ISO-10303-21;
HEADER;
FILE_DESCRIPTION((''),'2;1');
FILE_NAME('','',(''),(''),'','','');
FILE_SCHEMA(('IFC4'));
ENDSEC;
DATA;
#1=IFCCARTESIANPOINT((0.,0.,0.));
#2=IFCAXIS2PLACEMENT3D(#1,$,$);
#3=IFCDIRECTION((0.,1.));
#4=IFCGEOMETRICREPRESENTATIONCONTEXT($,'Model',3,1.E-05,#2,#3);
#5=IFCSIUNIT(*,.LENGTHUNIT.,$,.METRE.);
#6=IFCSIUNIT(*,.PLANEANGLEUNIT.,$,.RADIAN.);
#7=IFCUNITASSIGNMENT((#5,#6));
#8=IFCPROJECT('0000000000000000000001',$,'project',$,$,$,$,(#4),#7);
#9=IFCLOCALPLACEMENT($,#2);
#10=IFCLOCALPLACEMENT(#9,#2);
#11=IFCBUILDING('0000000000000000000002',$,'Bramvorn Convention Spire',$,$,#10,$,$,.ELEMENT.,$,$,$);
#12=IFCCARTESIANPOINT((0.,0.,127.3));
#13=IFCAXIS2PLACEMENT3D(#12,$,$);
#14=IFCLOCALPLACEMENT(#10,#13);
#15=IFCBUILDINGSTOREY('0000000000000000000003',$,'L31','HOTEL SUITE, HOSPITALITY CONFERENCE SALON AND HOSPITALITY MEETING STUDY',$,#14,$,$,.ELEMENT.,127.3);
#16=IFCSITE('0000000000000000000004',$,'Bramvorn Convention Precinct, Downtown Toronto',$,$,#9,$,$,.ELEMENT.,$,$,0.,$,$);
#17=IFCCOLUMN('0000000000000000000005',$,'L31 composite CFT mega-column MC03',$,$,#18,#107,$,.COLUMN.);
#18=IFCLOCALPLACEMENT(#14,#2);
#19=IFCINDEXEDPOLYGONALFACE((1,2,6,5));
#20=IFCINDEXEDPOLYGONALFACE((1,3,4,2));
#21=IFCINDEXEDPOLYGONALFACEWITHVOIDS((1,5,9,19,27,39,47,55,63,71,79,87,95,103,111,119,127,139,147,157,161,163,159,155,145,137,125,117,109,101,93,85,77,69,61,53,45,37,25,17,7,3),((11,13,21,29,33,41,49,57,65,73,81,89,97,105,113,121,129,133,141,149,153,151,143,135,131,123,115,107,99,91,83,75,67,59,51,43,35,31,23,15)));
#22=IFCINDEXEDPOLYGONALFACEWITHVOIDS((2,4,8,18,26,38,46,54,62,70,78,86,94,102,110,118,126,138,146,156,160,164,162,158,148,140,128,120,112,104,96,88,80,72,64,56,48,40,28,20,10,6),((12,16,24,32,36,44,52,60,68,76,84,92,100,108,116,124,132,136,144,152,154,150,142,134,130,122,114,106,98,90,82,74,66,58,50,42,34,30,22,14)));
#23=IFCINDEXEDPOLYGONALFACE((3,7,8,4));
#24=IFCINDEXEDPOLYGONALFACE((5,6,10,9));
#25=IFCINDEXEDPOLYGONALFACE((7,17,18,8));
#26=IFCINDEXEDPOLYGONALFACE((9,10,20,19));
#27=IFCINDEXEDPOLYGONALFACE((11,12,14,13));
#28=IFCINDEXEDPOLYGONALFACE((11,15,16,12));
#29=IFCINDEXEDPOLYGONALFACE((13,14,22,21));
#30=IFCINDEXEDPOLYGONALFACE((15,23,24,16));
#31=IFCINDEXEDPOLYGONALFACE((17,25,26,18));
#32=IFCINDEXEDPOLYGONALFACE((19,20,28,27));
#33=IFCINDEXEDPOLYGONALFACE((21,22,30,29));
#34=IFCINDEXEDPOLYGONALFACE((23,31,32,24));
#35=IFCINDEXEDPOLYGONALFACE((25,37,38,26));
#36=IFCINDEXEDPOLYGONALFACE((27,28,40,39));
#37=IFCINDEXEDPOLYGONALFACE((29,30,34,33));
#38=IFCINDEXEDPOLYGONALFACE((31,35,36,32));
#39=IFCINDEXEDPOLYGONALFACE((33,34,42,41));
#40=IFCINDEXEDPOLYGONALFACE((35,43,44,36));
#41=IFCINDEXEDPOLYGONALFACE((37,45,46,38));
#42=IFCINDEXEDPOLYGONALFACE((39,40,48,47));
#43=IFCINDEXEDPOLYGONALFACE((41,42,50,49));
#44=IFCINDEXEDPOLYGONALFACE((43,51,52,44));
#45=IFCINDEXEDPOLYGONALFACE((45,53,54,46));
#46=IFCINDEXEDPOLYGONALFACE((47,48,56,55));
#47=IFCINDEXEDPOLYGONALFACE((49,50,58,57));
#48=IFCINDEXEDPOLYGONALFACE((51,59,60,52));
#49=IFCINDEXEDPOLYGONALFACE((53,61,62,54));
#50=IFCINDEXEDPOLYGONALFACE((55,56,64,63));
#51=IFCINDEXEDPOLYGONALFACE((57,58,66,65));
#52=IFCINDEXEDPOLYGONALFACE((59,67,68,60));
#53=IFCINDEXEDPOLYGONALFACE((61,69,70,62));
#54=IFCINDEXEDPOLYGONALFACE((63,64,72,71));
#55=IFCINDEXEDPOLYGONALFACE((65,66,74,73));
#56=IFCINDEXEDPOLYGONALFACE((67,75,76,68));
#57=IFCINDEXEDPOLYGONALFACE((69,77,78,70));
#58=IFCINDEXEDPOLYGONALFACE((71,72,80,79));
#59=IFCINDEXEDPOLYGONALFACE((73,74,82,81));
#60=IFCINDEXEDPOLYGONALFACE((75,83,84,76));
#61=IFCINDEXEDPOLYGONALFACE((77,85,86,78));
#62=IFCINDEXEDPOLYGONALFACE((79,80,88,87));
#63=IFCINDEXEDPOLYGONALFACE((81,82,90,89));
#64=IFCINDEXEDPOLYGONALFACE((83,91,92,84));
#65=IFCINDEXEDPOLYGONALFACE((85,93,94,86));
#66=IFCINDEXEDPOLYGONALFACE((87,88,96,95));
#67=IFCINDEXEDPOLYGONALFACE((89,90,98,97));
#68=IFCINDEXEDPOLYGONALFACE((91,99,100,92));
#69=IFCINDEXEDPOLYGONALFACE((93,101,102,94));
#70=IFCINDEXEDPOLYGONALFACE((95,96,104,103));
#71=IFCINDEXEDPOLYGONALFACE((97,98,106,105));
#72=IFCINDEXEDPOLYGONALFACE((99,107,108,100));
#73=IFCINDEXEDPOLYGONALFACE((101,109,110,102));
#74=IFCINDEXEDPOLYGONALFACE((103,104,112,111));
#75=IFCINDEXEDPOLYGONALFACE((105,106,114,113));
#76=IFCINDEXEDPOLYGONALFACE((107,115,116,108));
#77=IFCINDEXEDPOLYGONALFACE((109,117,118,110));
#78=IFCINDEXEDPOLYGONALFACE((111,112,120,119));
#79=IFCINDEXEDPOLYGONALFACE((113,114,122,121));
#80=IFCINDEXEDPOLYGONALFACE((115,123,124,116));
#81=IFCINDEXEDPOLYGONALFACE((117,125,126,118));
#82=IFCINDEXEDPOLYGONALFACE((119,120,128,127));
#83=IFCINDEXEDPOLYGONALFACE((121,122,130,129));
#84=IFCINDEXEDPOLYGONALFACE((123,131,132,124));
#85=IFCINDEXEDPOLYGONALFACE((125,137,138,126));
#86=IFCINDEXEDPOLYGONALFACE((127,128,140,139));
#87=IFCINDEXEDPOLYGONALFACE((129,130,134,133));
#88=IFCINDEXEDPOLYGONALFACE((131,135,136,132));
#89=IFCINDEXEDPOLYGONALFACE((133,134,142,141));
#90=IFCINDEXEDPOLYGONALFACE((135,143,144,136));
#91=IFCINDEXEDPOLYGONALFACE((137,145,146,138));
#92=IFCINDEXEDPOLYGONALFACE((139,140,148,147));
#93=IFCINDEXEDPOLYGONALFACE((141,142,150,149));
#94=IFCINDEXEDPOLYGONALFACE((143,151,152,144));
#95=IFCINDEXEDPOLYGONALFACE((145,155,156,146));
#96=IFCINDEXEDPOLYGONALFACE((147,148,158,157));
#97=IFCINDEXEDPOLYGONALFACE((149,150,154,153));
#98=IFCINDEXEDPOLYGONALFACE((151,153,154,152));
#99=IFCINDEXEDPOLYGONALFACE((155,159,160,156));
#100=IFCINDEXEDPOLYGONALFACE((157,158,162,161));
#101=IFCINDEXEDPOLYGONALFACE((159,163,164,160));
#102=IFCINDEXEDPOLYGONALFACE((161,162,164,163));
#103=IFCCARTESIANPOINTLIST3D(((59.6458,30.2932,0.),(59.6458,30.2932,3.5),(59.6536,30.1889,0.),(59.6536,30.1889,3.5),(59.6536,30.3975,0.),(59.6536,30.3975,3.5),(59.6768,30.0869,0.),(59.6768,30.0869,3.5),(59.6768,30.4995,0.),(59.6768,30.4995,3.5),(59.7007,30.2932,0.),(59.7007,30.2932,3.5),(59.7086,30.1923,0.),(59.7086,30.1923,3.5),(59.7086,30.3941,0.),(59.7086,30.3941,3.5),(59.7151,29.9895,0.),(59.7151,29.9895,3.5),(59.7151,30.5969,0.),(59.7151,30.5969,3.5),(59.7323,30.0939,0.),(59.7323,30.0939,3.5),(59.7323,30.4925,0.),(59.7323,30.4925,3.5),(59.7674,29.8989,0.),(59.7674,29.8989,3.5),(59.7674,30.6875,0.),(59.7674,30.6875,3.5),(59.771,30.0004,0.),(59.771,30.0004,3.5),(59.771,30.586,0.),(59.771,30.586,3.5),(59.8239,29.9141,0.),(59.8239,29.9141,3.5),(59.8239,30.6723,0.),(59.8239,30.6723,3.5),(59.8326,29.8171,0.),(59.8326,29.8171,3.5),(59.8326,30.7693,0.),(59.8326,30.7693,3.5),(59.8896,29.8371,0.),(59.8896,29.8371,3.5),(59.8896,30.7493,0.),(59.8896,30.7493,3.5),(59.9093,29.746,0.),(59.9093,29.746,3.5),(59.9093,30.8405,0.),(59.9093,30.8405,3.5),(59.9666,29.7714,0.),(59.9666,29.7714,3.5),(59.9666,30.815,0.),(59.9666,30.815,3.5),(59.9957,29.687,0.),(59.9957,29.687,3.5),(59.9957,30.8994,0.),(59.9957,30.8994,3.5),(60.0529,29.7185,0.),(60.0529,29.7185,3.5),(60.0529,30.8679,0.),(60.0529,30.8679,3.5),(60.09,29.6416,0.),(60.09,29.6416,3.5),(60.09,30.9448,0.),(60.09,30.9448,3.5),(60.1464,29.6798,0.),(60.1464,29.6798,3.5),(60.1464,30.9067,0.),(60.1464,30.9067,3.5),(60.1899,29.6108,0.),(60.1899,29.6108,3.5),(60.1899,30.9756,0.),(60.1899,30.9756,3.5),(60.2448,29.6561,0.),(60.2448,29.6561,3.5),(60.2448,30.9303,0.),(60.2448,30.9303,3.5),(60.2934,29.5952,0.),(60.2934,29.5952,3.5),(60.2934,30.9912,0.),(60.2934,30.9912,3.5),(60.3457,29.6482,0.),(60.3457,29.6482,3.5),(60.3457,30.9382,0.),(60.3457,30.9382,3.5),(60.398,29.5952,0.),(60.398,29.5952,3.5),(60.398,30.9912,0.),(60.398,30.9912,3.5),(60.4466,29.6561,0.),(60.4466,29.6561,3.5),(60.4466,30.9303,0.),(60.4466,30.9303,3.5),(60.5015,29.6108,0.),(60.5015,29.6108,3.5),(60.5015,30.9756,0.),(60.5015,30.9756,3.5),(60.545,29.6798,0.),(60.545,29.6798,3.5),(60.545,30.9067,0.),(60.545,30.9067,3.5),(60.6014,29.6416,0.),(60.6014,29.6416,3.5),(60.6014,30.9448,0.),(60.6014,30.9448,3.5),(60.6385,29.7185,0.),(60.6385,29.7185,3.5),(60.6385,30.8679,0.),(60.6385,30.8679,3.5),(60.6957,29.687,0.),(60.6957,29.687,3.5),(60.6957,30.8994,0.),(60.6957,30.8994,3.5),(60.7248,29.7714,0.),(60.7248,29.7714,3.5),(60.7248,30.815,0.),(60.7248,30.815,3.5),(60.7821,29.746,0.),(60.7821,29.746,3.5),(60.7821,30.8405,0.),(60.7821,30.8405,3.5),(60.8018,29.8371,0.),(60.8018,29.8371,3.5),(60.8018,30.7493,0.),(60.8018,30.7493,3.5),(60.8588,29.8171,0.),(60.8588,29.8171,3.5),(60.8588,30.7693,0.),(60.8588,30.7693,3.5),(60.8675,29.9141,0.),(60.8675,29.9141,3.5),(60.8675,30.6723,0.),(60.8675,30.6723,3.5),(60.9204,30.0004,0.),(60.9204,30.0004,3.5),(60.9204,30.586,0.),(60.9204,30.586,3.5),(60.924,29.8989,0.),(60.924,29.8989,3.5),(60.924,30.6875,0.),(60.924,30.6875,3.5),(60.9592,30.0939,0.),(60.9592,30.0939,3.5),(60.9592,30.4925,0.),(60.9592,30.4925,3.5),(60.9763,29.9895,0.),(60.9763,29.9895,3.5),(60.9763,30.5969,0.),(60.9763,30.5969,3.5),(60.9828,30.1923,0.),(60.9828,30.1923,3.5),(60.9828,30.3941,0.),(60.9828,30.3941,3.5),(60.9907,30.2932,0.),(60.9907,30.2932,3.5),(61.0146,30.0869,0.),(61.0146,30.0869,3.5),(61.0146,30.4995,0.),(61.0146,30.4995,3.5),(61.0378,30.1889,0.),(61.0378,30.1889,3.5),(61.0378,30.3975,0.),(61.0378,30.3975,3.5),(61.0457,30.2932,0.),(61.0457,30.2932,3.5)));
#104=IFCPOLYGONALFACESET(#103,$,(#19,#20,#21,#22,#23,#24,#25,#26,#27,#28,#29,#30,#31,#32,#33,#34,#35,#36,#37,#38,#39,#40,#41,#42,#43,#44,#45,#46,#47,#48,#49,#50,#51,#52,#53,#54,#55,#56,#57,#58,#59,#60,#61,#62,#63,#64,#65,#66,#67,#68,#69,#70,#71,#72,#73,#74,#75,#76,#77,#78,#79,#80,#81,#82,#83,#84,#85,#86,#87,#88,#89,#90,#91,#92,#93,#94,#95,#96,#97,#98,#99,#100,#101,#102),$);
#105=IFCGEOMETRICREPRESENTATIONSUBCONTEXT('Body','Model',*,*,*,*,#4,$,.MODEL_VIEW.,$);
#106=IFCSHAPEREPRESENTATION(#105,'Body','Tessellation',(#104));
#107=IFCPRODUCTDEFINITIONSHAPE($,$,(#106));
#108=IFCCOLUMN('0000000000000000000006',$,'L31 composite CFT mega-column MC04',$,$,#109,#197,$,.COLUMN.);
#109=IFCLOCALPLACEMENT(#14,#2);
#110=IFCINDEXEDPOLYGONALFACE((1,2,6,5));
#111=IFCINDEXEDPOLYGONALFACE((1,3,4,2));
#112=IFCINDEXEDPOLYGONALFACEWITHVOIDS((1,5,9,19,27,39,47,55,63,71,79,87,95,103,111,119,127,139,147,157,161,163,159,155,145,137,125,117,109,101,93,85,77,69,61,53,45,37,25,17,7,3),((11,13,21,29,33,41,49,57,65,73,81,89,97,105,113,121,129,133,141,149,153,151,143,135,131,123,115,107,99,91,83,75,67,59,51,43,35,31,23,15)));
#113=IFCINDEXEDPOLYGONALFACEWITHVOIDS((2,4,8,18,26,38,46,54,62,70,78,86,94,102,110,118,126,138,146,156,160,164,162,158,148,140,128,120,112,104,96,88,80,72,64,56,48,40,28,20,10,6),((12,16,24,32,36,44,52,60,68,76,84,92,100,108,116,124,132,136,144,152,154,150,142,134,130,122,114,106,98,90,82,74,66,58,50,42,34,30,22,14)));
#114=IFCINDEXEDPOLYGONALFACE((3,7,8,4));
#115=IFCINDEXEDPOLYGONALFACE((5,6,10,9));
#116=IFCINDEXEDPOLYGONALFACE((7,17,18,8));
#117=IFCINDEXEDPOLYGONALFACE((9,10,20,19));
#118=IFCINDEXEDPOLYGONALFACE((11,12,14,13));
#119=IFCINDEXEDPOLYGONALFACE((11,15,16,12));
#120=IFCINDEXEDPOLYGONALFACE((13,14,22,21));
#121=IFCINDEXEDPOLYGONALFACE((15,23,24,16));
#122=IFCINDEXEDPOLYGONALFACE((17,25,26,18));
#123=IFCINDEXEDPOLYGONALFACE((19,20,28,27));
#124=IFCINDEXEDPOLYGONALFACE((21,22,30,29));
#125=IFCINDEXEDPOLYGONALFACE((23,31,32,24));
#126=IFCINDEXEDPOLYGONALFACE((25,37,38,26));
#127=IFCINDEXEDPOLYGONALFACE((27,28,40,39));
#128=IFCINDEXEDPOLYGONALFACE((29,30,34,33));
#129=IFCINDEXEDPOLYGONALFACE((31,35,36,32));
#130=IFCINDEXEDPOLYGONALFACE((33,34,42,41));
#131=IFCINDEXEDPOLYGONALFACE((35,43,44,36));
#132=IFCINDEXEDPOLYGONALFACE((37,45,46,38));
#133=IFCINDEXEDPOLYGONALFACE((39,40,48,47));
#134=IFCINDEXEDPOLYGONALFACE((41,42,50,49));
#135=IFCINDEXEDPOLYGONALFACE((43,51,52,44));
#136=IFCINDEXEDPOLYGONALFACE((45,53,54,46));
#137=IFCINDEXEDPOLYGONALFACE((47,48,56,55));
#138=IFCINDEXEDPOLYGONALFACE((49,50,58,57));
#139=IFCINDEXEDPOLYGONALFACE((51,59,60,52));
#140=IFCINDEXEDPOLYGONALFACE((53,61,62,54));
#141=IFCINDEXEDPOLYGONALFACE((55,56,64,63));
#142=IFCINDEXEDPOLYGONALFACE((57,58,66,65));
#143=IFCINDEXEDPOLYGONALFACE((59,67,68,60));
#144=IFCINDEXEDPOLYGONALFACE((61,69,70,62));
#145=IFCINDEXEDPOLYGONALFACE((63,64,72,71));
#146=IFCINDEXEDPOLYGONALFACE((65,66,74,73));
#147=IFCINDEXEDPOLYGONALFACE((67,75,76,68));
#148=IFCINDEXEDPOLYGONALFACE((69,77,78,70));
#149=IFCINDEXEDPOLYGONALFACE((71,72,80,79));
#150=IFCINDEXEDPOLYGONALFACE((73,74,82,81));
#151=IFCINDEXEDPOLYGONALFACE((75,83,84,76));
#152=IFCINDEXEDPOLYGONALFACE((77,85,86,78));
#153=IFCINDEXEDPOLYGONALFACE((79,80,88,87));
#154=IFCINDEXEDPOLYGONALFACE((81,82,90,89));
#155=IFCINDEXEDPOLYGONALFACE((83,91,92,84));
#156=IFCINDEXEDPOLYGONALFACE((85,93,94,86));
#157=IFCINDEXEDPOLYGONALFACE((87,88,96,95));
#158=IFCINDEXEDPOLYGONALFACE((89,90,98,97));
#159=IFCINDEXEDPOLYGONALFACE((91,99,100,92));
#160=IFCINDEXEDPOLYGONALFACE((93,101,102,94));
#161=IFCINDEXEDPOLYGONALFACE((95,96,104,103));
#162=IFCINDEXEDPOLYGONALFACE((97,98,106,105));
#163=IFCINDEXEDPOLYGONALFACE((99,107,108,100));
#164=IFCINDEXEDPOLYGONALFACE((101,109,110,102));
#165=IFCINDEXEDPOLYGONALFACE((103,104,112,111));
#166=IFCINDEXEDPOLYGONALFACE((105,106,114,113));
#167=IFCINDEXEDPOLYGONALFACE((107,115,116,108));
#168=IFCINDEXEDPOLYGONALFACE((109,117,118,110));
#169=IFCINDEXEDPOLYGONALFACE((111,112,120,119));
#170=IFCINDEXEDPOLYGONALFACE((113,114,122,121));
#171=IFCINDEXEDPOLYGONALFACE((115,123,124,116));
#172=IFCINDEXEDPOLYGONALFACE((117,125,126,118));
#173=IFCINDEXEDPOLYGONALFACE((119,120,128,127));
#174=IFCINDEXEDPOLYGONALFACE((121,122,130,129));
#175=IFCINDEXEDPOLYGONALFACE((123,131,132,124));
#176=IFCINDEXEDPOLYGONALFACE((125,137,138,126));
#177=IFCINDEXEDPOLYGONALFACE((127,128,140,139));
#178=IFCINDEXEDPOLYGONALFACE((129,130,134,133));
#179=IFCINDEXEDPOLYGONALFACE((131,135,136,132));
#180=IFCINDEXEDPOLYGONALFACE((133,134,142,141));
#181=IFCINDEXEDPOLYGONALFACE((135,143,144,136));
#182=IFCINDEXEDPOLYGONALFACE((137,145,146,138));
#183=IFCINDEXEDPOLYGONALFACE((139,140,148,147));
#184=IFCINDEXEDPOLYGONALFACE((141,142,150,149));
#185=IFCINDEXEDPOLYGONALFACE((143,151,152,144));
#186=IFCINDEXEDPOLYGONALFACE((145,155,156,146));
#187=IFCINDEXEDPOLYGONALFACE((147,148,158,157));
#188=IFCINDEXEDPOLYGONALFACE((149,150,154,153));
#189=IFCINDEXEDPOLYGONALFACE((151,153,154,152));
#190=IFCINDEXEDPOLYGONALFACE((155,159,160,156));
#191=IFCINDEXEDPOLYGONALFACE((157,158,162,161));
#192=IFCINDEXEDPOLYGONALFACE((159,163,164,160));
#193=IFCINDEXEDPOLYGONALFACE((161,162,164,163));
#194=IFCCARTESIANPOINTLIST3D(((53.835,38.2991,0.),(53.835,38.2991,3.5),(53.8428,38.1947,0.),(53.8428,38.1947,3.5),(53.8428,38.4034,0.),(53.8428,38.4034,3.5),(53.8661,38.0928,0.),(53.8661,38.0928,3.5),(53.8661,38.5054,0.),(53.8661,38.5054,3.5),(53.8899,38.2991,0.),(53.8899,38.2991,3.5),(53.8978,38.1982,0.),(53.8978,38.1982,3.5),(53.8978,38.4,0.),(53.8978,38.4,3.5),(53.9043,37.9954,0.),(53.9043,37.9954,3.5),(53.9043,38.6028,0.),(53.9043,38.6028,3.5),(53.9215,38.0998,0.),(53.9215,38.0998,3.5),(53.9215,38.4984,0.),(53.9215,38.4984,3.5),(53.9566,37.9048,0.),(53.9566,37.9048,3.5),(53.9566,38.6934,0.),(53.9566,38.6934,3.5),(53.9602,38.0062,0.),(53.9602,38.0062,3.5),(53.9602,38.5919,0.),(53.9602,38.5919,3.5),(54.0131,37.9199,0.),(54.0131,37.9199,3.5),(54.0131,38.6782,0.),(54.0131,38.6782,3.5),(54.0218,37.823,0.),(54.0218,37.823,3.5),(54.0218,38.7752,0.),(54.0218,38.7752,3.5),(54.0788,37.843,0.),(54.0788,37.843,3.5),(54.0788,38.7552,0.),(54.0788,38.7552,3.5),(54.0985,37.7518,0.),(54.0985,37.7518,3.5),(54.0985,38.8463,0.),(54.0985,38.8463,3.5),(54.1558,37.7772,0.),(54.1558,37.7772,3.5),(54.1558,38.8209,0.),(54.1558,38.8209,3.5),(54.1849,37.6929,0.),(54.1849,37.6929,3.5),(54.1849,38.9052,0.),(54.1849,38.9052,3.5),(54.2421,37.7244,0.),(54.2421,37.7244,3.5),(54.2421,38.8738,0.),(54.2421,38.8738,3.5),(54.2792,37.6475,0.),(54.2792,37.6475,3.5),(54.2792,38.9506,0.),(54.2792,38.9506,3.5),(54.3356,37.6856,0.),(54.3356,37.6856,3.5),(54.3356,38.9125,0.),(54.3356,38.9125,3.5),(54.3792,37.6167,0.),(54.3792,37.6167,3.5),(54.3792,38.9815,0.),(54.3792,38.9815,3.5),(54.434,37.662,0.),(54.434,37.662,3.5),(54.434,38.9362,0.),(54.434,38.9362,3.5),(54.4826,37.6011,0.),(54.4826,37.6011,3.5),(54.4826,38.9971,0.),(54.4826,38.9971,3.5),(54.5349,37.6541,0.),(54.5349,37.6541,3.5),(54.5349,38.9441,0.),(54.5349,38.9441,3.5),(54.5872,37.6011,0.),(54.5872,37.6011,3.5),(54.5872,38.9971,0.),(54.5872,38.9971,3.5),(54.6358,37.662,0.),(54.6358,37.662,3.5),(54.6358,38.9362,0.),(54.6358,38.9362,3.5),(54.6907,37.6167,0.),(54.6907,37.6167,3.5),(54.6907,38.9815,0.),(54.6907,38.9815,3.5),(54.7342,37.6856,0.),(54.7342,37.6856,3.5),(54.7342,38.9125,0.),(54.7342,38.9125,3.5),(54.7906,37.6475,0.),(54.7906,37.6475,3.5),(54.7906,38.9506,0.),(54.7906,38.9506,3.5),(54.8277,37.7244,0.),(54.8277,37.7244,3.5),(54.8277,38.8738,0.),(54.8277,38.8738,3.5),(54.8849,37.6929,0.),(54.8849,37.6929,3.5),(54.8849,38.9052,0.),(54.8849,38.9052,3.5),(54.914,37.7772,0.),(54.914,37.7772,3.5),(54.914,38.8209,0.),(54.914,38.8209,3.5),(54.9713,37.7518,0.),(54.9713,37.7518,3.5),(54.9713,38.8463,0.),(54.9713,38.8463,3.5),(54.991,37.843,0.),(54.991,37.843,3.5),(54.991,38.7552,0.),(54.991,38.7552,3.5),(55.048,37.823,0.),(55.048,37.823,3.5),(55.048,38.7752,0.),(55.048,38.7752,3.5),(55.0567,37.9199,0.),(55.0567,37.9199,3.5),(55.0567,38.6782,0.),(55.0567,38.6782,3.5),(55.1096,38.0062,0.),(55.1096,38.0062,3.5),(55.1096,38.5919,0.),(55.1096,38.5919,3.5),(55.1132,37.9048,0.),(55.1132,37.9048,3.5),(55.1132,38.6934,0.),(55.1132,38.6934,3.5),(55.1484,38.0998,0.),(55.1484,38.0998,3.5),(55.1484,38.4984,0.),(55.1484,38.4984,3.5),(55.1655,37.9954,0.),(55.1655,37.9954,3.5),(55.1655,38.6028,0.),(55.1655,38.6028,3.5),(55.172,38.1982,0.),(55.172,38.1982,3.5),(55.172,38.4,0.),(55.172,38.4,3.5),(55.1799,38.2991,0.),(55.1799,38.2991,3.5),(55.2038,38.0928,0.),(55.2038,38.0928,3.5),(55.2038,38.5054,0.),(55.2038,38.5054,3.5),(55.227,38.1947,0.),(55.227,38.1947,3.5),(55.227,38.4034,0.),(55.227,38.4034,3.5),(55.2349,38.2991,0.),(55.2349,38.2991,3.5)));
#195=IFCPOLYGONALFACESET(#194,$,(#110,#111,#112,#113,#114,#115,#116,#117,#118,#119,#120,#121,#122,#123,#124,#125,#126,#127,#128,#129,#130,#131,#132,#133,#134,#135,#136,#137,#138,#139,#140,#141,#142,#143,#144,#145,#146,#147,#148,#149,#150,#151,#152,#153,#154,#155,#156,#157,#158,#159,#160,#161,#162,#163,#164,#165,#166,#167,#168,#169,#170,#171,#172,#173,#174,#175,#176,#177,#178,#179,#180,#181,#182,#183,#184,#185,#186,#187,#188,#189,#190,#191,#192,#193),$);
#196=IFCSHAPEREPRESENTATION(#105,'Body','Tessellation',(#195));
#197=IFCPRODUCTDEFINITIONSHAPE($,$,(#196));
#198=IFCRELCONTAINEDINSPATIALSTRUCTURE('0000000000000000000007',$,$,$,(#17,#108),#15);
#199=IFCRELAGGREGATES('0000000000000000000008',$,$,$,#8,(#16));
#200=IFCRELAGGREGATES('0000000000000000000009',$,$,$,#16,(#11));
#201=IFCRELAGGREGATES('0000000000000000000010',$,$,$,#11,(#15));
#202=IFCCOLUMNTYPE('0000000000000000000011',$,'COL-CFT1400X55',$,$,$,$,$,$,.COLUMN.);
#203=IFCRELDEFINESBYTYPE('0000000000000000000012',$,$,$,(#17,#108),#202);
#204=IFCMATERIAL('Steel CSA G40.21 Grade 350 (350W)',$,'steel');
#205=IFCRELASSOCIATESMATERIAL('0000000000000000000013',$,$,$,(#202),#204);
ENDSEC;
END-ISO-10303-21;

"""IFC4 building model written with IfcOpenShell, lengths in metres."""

from ifc_helpers import new_model, si_unit, direction, frame, origin, origin_2d, place, context, subcontext, project, spatial, hollow_circle, extrude, material, material_profile, profile_set, type_object, element, save


model = new_model("IFC4")

# Units and contexts
model_context = context("Model", 3, precision=1e-05, world=origin(), true_north=direction((0.0, 1.0)))
body_context = subcontext(model_context, "Body", "Model", "MODEL_VIEW")
ifc_project = project(units=[si_unit("LENGTHUNIT", "METRE"), si_unit("PLANEANGLEUNIT", "RADIAN")], contexts=[model_context])

# Site, building, storey
site_placement = place(None, origin())
site = spatial("IfcSite", under=ifc_project, at=site_placement, Name="Bramvorn Convention Precinct, Downtown Toronto", CompositionType="ELEMENT", RefElevation=0.0)
building_placement = place(site_placement, origin())
building = spatial("IfcBuilding", under=site, at=building_placement, Name="Bramvorn Convention Spire", CompositionType="ELEMENT")
storey_placement = place(building_placement, frame((0.0, 0.0, 127.3)))
storey = spatial("IfcBuildingStorey", under=building, at=storey_placement, Name="L31", Description="HOTEL SUITE, HOSPITALITY CONFERENCE SALON AND HOSPITALITY MEETING STUDY", CompositionType="ELEMENT", Elevation=127.3)

# Columns
ifc_material_1 = material(Name="Steel CSA G40.21 Grade 350 (350W)", Category="steel")
ifc_material_profile_1 = material_profile(ifc_material_1, hollow_circle(Radius=0.7, WallThickness=0.0549, at=origin_2d()))
ifc_profile_set_1 = profile_set([ifc_material_profile_1], Name="Steel CSA G40.21 Grade 350 (350W) - CFT1400X55")
column_type = type_object("IfcColumnType", Name="COL-CFT1400X55", PredefinedType="COLUMN", material=ifc_profile_set_1)
for number, where, z_axis, x_axis, name in (
    (1, (60.3457, 30.2932, 0.0), (0.0, 0.0, 1.0), (1.0, 0.0, 0.0), "L31 composite CFT mega-column MC03"),
    (2, (54.5349, 38.2991, 0.0), (0.0, 0.0, 1.0), (1.0, 0.0, 0.0), "L31 composite CFT mega-column MC04"),
):
    element("IfcColumn", number, at=place(storey_placement, frame(where, z_axis=z_axis, x_axis=x_axis)), inside=storey, type_object=column_type, Name=name, PredefinedType="COLUMN", context=body_context, shape_type="SweptSolid", body=[
        extrude(hollow_circle(Radius=0.7, WallThickness=0.0549, at=origin_2d()), origin(), (0.0, 0.0, 1.0), 3.5),
    ])

save(model, "model.ifc")
